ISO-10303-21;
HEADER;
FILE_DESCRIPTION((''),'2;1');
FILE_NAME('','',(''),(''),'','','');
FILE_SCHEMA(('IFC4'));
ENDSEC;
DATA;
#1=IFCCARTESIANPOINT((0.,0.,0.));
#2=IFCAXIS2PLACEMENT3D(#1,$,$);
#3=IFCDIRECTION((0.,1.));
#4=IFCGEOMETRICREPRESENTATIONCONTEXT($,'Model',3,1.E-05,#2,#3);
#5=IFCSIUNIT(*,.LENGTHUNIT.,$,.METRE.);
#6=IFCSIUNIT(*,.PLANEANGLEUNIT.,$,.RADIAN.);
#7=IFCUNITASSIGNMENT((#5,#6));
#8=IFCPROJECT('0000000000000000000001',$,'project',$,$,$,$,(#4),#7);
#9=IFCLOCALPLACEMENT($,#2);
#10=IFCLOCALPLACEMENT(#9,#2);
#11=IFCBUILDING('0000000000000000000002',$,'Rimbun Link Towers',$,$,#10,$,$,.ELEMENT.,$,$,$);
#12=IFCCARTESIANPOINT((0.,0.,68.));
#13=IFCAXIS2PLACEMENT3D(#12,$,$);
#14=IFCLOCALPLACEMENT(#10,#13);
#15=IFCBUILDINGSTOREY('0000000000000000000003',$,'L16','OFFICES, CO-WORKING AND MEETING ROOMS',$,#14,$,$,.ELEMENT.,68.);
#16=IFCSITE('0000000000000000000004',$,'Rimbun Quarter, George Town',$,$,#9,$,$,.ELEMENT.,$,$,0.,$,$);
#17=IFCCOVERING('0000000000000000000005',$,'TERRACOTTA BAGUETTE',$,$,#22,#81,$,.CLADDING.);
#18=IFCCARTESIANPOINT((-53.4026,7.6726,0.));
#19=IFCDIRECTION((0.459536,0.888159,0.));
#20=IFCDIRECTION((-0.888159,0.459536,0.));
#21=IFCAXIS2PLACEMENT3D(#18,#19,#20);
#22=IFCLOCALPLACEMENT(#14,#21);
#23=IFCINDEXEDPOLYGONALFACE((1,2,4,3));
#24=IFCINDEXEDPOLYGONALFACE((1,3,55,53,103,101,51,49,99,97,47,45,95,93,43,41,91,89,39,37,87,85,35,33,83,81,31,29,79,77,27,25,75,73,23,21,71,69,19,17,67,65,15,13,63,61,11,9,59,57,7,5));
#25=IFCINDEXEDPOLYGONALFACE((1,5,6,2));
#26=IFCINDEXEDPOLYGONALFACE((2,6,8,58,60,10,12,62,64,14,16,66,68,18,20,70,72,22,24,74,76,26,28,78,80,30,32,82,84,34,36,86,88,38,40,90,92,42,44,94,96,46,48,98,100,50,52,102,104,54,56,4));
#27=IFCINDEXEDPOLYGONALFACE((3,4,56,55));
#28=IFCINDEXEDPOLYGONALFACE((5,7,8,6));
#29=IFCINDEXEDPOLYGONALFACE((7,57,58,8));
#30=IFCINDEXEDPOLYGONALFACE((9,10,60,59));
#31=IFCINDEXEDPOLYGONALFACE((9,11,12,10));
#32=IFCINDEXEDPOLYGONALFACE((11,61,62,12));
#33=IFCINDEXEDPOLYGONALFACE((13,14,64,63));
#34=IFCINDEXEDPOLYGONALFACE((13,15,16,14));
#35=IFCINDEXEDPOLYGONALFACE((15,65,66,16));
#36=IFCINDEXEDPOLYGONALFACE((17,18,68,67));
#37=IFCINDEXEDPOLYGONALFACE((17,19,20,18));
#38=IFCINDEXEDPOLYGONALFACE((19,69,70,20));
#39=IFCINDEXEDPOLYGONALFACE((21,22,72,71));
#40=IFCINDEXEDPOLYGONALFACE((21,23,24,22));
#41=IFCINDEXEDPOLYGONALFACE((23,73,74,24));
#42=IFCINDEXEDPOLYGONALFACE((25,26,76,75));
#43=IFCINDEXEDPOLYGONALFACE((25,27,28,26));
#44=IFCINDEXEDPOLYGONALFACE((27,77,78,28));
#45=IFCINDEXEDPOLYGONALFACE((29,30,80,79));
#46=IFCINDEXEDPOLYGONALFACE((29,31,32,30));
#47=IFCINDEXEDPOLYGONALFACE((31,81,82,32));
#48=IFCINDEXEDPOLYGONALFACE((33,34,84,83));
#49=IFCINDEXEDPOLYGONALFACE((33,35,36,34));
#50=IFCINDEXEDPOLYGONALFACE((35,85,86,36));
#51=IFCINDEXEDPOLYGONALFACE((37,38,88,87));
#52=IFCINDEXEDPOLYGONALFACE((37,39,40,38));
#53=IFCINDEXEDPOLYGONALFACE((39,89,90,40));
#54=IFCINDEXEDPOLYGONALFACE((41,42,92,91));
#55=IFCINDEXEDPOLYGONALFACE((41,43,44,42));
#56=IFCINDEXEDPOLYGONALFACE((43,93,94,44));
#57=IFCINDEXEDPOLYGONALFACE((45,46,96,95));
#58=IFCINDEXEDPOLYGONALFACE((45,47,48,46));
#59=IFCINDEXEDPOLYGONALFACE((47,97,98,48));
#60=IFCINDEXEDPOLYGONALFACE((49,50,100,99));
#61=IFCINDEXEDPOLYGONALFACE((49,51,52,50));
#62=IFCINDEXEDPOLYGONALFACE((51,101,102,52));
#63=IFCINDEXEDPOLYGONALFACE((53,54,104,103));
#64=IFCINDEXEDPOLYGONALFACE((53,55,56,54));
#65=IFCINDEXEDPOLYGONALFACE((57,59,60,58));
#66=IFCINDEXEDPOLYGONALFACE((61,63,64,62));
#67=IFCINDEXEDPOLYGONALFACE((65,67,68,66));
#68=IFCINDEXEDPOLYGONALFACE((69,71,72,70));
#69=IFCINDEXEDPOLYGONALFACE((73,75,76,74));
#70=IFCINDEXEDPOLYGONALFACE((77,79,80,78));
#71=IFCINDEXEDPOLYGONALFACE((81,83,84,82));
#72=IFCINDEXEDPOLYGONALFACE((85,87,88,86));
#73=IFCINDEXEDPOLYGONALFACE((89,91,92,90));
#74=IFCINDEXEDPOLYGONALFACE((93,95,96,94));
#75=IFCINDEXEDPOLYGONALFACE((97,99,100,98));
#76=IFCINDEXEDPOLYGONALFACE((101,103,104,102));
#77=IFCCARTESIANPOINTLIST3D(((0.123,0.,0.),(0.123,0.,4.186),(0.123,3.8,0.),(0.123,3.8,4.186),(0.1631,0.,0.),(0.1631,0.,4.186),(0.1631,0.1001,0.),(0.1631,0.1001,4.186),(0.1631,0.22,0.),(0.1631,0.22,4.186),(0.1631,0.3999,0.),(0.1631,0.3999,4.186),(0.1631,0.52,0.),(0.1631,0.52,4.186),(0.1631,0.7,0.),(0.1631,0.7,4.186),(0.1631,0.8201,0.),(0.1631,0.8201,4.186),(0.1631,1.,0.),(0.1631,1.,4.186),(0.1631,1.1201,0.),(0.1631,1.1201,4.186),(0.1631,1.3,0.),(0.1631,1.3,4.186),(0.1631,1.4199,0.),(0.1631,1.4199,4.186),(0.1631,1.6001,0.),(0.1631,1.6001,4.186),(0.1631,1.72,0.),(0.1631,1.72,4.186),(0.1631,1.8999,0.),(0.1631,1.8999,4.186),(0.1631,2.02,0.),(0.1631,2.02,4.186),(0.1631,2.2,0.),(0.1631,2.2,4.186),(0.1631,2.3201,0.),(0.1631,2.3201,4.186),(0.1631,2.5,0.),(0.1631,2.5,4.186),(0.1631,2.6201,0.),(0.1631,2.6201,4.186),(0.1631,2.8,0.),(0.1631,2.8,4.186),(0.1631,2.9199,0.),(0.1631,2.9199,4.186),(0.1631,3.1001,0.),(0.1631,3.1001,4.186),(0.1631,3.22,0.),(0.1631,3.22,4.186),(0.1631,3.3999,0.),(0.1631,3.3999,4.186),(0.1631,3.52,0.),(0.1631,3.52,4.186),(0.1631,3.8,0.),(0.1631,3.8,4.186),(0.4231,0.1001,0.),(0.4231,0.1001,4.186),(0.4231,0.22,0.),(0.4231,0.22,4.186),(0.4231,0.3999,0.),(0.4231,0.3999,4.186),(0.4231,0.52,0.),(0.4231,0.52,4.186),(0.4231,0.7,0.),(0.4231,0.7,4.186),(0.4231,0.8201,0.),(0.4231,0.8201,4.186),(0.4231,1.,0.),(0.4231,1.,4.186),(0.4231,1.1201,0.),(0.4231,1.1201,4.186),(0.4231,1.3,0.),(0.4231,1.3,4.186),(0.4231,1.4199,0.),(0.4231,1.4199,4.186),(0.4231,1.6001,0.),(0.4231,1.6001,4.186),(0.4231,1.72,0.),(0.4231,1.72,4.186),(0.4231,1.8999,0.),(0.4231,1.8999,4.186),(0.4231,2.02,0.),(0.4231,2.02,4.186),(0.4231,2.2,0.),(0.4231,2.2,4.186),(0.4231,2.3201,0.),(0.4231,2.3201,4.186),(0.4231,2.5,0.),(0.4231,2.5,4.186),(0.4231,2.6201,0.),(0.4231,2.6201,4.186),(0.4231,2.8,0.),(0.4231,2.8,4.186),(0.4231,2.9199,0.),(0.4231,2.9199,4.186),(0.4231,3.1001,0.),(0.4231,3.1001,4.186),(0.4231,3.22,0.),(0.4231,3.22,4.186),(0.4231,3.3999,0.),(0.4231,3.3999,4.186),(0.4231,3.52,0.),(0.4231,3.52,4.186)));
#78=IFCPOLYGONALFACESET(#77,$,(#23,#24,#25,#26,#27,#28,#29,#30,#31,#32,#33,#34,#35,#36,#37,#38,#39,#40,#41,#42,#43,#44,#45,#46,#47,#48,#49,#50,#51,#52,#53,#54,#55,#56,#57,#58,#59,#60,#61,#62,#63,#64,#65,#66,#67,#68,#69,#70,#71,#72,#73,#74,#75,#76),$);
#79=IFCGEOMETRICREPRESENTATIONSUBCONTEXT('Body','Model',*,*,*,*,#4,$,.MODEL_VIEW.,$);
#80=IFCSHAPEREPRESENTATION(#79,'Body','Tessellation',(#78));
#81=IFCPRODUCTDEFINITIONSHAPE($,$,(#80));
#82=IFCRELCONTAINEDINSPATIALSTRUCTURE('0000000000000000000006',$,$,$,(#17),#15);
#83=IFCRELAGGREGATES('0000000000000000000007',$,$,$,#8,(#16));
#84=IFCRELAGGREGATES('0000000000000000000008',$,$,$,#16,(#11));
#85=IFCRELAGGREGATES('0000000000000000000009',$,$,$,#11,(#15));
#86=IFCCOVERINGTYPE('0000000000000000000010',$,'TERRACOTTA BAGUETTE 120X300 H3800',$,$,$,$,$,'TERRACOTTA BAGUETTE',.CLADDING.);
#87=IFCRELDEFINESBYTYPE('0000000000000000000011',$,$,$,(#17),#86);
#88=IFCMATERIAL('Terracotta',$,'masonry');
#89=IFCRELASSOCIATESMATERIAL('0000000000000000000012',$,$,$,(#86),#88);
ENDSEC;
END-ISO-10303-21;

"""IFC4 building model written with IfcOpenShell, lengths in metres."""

from ifc_helpers import new_model, si_unit, direction, frame, origin, place, context, subcontext, project, spatial, polyline, outline, extrude, material, material_profile, profile_set, type_object, element, save


model = new_model("IFC4")

# Units and contexts
model_context = context("Model", 3, precision=1e-05, world=origin(), true_north=direction((0.0, 1.0)))
body_context = subcontext(model_context, "Body", "Model", "MODEL_VIEW")
ifc_project = project(units=[si_unit("LENGTHUNIT", "METRE"), si_unit("PLANEANGLEUNIT", "RADIAN")], contexts=[model_context])

# Site, building, storey
site_placement = place(None, origin())
site = spatial("IfcSite", under=ifc_project, at=site_placement, Name="Rimbun Quarter, George Town", CompositionType="ELEMENT", RefElevation=0.0)
building_placement = place(site_placement, origin())
building = spatial("IfcBuilding", under=site, at=building_placement, Name="Rimbun Link Towers", CompositionType="ELEMENT")
storey_placement = place(building_placement, frame((0.0, 0.0, 68.0)))
storey = spatial("IfcBuildingStorey", under=building, at=storey_placement, Name="L16", Description="OFFICES, CO-WORKING AND MEETING ROOMS", CompositionType="ELEMENT", Elevation=68.0)

# Covering
ifc_material_1 = material(Name="Terracotta", Category="masonry")
ifc_material_profile_1 = material_profile(ifc_material_1, outline(polyline([(0.123, 0.0), (0.1631, 0.0), (0.1631, 0.1001), (0.4231, 0.1001), (0.4231, 0.22), (0.1631, 0.22), (0.1631, 0.3999), (0.4231, 0.3999), (0.4231, 0.52), (0.1631, 0.52), (0.1631, 0.7), (0.4231, 0.7), (0.4231, 0.8201), (0.1631, 0.8201), (0.1631, 1.0), (0.4231, 1.0), (0.4231, 1.1201), (0.1631, 1.1201), (0.1631, 1.3), (0.4231, 1.3), (0.4231, 1.4199), (0.1631, 1.4199), (0.1631, 1.6001), (0.4231, 1.6001), (0.4231, 1.72), (0.1631, 1.72), (0.1631, 1.8999), (0.4231, 1.8999), (0.4231, 2.02), (0.1631, 2.02), (0.1631, 2.2), (0.4231, 2.2), (0.4231, 2.3201), (0.1631, 2.3201), (0.1631, 2.5), (0.4231, 2.5), (0.4231, 2.6201), (0.1631, 2.6201), (0.1631, 2.8), (0.4231, 2.8), (0.4231, 2.9199), (0.1631, 2.9199), (0.1631, 3.1001), (0.4231, 3.1001), (0.4231, 3.22), (0.1631, 3.22), (0.1631, 3.3999), (0.4231, 3.3999), (0.4231, 3.52), (0.1631, 3.52), (0.1631, 3.8), (0.123, 3.8), (0.123, 0.0)])), Name="BAGUETTE 120X300")
ifc_profile_set_1 = profile_set([ifc_material_profile_1], Name="Terracotta")
covering_type = type_object("IfcCoveringType", Name="TERRACOTTA BAGUETTE 120X300 H3800", ElementType="TERRACOTTA BAGUETTE", PredefinedType="CLADDING", material=ifc_profile_set_1)
covering_1_placement = place(storey_placement, frame((-53.4026, 7.6726, 0.0), z_axis=(0.459536, 0.888159, 0.0), x_axis=(-0.888159, 0.459536, 0.0)))
element("IfcCovering", 1, at=covering_1_placement, inside=storey, type_object=covering_type, Name="TERRACOTTA BAGUETTE", PredefinedType="CLADDING", context=body_context, shape_type="SweptSolid", body=[
    extrude(outline(polyline([(0.123, 0.0), (0.1631, 0.0), (0.1631, 0.1001), (0.4231, 0.1001), (0.4231, 0.22), (0.1631, 0.22), (0.1631, 0.3999), (0.4231, 0.3999), (0.4231, 0.52), (0.1631, 0.52), (0.1631, 0.7), (0.4231, 0.7), (0.4231, 0.8201), (0.1631, 0.8201), (0.1631, 1.0), (0.4231, 1.0), (0.4231, 1.1201), (0.1631, 1.1201), (0.1631, 1.3), (0.4231, 1.3), (0.4231, 1.4199), (0.1631, 1.4199), (0.1631, 1.6001), (0.4231, 1.6001), (0.4231, 1.72), (0.1631, 1.72), (0.1631, 1.8999), (0.4231, 1.8999), (0.4231, 2.02), (0.1631, 2.02), (0.1631, 2.2), (0.4231, 2.2), (0.4231, 2.3201), (0.1631, 2.3201), (0.1631, 2.5), (0.4231, 2.5), (0.4231, 2.6201), (0.1631, 2.6201), (0.1631, 2.8), (0.4231, 2.8), (0.4231, 2.9199), (0.1631, 2.9199), (0.1631, 3.1001), (0.4231, 3.1001), (0.4231, 3.22), (0.1631, 3.22), (0.1631, 3.3999), (0.4231, 3.3999), (0.4231, 3.52), (0.1631, 3.52), (0.1631, 3.8), (0.123, 3.8), (0.123, 0.0)])), origin(), (0.0, 0.0, 1.0), 4.186),
])

save(model, "model.ifc")
